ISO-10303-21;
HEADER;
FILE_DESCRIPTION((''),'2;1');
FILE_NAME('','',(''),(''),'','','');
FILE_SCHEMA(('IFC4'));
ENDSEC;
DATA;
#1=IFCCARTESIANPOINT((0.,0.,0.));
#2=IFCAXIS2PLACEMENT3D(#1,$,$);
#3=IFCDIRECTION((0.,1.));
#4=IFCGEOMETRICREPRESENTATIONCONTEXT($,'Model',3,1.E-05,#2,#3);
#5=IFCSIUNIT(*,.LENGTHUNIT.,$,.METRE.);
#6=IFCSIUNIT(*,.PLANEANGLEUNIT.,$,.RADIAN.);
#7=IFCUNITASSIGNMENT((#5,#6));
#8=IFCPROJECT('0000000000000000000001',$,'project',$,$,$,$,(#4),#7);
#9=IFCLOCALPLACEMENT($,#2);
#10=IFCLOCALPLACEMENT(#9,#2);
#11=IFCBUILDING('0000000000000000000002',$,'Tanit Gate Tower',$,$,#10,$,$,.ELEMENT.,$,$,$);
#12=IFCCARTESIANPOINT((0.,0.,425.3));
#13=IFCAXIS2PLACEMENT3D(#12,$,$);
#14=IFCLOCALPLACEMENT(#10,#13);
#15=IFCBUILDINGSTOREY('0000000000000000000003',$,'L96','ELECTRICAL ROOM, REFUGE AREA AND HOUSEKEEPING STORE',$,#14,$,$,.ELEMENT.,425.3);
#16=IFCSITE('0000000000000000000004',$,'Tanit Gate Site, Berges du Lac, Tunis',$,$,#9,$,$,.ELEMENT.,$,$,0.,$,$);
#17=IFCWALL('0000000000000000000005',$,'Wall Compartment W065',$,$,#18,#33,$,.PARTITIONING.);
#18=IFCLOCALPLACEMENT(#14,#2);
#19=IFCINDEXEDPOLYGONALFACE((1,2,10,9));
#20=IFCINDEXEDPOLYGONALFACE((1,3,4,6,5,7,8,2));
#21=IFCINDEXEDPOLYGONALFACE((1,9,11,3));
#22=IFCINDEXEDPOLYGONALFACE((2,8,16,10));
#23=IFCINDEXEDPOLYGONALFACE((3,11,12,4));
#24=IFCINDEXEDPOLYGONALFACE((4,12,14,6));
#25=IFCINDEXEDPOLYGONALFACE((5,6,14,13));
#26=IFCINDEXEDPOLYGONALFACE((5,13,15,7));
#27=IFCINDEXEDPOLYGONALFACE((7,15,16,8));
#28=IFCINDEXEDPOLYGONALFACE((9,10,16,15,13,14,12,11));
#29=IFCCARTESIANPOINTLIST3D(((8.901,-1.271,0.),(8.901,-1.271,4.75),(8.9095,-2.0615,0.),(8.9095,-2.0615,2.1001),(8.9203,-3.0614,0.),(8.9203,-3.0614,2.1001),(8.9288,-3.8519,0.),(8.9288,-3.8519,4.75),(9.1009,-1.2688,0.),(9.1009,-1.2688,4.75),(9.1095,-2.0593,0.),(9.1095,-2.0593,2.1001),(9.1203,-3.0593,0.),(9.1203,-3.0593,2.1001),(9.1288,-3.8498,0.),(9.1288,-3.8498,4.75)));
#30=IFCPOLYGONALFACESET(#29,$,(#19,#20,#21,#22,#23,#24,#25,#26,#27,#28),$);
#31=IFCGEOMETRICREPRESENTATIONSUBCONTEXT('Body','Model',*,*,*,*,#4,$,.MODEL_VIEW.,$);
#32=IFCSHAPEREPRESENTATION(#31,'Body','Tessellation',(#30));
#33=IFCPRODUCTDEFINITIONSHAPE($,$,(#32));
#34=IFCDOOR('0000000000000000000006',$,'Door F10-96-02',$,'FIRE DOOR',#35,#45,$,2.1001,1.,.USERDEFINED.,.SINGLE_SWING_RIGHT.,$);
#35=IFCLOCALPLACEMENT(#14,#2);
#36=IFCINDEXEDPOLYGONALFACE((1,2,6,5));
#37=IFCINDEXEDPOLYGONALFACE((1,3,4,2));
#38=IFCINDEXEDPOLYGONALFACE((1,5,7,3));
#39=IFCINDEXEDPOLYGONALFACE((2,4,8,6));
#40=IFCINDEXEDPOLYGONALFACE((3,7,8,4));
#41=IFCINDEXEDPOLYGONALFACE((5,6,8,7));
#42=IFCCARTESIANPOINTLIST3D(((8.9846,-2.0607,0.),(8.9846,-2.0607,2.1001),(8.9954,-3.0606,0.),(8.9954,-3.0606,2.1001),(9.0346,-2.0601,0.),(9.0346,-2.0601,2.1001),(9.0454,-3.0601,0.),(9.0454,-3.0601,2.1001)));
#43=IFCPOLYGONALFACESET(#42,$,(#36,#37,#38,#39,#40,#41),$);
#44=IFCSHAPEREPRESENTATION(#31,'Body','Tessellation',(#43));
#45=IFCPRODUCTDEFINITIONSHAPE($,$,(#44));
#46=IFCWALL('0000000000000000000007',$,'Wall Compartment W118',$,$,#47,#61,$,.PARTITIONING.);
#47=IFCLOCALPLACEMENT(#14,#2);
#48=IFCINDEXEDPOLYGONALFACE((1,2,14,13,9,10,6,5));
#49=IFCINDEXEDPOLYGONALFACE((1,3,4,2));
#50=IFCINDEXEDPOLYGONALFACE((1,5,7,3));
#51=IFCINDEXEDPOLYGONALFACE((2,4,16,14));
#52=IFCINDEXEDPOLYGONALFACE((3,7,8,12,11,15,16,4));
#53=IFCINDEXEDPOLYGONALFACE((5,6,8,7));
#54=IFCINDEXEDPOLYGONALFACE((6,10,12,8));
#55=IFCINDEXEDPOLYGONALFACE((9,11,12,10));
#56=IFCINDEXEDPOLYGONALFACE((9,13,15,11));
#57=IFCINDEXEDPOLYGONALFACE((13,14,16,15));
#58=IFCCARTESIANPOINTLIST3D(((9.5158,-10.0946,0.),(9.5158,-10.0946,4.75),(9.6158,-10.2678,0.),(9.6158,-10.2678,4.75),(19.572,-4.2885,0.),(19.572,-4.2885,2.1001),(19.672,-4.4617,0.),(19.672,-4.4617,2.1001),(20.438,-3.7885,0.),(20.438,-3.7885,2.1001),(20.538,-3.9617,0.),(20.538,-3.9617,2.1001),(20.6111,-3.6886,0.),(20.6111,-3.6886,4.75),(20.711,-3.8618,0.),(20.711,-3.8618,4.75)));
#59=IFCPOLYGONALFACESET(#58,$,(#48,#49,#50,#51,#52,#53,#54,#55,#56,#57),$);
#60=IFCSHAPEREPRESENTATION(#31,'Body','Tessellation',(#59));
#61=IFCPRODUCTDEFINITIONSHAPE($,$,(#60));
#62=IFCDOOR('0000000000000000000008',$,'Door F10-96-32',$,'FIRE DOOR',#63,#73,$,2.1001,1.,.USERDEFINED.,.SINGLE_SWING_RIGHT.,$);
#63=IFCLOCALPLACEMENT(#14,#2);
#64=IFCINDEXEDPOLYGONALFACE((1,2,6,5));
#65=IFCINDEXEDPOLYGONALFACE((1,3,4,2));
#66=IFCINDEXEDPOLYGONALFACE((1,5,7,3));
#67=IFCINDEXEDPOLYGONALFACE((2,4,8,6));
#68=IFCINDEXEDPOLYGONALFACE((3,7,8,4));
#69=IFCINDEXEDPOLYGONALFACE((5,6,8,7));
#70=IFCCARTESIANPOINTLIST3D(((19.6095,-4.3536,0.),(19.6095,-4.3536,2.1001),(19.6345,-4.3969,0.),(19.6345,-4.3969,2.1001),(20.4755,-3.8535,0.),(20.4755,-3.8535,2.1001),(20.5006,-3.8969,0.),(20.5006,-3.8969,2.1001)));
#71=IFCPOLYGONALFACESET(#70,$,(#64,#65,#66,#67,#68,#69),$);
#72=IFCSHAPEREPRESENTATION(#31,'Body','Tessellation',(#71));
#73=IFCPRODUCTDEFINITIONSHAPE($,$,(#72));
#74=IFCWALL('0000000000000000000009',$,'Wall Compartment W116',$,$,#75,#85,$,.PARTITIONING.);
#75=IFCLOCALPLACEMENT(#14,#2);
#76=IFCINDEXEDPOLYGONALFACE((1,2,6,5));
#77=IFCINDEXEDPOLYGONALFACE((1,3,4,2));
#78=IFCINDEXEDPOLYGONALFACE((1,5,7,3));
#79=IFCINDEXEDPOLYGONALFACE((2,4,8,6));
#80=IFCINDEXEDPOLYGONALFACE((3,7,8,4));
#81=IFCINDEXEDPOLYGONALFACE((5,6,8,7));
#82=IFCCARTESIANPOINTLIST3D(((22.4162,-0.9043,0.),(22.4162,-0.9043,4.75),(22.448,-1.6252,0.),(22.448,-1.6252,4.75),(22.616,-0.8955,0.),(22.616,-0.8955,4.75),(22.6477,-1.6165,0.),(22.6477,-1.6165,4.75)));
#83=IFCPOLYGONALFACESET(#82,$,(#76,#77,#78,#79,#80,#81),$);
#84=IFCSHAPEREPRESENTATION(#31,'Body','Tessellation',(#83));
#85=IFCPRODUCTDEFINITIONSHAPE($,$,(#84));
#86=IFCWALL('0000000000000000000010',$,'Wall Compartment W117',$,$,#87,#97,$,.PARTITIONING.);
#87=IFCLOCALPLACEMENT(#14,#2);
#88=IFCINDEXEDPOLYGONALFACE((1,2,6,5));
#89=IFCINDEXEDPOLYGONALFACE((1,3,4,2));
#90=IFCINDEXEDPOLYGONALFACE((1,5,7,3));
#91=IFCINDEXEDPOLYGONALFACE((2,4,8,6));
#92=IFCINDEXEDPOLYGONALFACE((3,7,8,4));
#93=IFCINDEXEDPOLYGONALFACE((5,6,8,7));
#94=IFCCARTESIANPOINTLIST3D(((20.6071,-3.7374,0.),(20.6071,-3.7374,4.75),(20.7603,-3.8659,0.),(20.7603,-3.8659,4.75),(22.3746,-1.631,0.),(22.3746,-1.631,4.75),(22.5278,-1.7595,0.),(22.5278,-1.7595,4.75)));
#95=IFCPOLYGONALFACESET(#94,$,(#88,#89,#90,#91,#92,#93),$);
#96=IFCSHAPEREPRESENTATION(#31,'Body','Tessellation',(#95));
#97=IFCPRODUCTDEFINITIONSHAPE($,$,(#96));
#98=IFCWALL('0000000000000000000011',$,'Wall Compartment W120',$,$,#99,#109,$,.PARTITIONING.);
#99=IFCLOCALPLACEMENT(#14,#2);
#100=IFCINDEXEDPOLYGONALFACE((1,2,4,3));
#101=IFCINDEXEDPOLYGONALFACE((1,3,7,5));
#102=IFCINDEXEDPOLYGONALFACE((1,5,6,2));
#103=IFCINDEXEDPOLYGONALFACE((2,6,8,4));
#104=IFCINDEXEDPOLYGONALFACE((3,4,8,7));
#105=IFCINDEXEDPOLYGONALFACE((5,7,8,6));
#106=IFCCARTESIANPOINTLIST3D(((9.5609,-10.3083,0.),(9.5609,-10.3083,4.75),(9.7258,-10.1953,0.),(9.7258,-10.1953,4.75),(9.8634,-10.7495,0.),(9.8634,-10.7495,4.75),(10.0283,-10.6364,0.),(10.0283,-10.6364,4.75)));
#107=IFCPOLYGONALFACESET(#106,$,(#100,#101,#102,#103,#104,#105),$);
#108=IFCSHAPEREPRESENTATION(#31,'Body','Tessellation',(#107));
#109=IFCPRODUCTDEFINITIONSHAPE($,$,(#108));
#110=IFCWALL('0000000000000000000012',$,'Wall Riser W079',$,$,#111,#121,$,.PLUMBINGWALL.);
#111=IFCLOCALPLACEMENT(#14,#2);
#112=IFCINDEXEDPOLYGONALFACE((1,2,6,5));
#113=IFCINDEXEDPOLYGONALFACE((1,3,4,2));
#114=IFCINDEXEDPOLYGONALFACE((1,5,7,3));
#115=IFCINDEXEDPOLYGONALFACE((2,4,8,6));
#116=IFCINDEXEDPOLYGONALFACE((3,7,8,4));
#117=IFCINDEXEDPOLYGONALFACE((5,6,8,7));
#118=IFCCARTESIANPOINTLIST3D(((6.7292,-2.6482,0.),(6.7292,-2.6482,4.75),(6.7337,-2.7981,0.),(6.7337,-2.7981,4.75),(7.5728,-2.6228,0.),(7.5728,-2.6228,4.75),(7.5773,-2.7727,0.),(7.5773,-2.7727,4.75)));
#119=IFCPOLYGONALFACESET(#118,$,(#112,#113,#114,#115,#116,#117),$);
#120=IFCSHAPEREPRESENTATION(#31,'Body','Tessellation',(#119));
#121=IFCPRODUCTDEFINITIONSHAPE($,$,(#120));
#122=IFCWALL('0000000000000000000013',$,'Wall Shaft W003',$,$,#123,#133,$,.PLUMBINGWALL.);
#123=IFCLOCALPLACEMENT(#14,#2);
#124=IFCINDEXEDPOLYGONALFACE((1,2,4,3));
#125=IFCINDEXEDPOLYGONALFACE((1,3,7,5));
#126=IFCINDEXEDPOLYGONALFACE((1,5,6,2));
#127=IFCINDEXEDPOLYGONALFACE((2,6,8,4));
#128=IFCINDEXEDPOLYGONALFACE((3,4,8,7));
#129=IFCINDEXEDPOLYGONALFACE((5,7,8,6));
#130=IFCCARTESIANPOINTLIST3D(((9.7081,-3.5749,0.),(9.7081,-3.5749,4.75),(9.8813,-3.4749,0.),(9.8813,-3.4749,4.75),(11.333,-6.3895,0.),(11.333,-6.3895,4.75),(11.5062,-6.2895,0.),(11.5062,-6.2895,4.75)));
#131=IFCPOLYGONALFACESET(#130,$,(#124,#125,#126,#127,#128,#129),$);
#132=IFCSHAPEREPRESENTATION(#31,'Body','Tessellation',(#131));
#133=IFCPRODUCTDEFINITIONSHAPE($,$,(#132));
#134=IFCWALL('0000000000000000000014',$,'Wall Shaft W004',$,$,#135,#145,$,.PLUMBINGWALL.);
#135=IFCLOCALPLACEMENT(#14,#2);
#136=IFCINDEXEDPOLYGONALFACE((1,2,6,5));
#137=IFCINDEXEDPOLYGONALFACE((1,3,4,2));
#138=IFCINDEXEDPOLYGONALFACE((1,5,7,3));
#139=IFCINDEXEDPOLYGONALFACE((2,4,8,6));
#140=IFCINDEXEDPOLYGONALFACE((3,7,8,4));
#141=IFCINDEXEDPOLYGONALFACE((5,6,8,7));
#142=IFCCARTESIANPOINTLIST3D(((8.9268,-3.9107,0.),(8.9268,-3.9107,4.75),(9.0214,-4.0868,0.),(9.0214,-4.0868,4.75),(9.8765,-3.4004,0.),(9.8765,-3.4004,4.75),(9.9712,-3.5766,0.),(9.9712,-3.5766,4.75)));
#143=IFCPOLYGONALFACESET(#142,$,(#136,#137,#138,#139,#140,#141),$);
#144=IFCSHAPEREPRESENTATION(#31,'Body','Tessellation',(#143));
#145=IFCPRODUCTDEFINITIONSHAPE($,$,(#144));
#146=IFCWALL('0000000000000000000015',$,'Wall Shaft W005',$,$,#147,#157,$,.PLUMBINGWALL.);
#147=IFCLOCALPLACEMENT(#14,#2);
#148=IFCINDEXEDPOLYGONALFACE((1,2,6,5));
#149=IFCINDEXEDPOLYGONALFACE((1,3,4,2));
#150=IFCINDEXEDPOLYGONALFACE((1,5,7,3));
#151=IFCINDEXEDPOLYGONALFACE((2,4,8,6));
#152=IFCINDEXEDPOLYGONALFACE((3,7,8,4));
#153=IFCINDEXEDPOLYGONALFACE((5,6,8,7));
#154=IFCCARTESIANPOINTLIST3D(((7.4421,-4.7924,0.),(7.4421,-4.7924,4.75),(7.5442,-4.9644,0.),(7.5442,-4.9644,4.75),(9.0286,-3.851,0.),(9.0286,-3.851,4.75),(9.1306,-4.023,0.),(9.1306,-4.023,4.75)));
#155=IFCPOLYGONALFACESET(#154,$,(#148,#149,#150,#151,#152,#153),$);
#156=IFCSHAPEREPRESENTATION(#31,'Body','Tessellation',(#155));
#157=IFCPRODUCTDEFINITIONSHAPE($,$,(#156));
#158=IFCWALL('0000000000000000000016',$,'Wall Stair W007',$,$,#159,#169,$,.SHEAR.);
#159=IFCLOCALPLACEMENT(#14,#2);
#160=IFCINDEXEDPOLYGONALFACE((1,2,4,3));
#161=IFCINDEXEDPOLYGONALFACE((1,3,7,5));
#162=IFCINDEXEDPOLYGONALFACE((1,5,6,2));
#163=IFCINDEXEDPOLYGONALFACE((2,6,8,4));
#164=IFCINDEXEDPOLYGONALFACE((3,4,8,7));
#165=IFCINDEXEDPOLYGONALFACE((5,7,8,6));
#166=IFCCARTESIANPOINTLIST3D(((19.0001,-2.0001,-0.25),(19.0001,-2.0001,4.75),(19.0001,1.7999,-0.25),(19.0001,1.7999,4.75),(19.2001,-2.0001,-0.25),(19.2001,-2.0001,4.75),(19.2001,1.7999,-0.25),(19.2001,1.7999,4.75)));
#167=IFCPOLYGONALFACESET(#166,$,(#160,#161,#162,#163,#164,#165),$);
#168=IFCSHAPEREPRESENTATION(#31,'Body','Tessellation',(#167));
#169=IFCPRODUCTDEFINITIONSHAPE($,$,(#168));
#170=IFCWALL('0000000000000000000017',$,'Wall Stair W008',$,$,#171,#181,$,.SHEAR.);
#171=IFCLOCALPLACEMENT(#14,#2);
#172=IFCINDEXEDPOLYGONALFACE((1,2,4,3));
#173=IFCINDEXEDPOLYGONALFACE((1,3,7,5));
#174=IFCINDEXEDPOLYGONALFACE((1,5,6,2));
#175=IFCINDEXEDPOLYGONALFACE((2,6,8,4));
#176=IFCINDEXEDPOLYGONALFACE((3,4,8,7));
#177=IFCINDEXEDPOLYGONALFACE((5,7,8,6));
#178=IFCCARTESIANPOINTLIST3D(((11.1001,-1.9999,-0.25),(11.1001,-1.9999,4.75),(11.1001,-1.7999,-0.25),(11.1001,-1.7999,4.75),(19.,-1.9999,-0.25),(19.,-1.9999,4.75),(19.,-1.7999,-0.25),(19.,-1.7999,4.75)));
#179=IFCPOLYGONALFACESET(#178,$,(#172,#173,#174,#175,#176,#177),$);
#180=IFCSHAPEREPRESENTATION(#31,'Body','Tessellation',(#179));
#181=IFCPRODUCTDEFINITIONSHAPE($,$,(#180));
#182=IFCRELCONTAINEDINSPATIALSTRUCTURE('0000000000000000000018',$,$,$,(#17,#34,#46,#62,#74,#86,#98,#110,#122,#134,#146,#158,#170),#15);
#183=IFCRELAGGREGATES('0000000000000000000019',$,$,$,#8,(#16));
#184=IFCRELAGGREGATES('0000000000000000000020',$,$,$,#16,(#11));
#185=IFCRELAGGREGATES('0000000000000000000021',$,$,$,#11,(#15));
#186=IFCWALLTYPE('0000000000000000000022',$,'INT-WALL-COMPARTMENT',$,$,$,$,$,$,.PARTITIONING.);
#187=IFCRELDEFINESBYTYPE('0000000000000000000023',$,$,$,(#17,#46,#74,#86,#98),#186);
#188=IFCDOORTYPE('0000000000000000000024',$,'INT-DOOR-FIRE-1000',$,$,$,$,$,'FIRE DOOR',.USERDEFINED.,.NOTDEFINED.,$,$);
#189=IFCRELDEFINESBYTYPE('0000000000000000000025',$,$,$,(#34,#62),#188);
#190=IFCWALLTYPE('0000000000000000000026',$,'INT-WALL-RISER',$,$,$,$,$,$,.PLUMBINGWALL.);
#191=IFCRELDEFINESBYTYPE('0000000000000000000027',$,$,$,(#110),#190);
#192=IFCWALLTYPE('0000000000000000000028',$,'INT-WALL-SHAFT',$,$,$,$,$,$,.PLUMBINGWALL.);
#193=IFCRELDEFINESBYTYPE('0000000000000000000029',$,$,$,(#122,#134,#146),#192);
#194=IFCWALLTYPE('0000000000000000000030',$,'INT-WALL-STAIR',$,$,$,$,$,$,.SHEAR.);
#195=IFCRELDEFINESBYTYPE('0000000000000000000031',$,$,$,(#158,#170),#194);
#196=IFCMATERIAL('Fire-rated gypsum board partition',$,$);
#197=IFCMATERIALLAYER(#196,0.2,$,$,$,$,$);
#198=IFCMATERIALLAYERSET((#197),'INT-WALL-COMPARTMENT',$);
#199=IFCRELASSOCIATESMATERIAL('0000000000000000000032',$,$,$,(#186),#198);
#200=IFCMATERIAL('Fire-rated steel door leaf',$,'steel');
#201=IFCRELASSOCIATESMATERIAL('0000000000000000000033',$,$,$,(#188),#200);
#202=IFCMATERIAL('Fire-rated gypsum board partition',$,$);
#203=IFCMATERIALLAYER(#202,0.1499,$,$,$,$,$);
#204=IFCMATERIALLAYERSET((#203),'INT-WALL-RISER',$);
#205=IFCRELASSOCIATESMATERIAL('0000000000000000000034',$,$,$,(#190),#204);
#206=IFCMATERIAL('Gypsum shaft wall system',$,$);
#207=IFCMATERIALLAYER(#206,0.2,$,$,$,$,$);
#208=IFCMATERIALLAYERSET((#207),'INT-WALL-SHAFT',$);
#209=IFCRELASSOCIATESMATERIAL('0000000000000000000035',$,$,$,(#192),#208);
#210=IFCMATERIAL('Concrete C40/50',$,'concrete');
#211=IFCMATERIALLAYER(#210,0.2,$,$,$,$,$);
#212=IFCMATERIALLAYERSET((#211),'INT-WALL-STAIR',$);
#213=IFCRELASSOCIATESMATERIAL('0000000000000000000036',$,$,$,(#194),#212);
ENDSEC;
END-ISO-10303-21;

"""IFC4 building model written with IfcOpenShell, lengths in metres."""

from ifc_helpers import new_model, si_unit, direction, frame, frame_2d, origin, place, context, subcontext, project, spatial, rectangle, extrude, material, layer, layer_set, type_object, element, fill, save


model = new_model("IFC4")

# Units and contexts
model_context = context("Model", 3, precision=1e-05, world=origin(), true_north=direction((0.0, 1.0)))
body_context = subcontext(model_context, "Body", "Model", "MODEL_VIEW")
ifc_project = project(units=[si_unit("LENGTHUNIT", "METRE"), si_unit("PLANEANGLEUNIT", "RADIAN")], contexts=[model_context])

# Site, building, storey
site_placement = place(None, origin())
site = spatial("IfcSite", under=ifc_project, at=site_placement, Name="Tanit Gate Site, Berges du Lac, Tunis", CompositionType="ELEMENT", RefElevation=0.0)
building_placement = place(site_placement, origin())
building = spatial("IfcBuilding", under=site, at=building_placement, Name="Tanit Gate Tower", CompositionType="ELEMENT")
storey_placement = place(building_placement, frame((0.0, 0.0, 425.3)))
storey = spatial("IfcBuildingStorey", under=building, at=storey_placement, Name="L96", Description="ELECTRICAL ROOM, REFUGE AREA AND HOUSEKEEPING STORE", CompositionType="ELEMENT", Elevation=425.3)

# Shared definitions
ifc_material_1 = material(Name="Fire-rated gypsum board partition")
ifc_layer_1 = layer(ifc_material_1, 0.2)
ifc_layer_set_1 = layer_set([ifc_layer_1], Name="INT-WALL-COMPARTMENT")
wall_type_1 = type_object("IfcWallType", Name="INT-WALL-COMPARTMENT", PredefinedType="PARTITIONING", material=ifc_layer_set_1)

# Walls, openings, doors
wall_1_placement = place(storey_placement, frame((9.0288, -3.8508, 0.0), z_axis=(0.0, 0.0, 1.0), x_axis=(-0.010784, 0.999942, 0.0)))
wall_1 = element("IfcWall", 1, at=wall_1_placement, inside=storey, type_object=wall_type_1, Name="Wall Compartment W065", PredefinedType="PARTITIONING", context=body_context, shape_type="SweptSolid", body=[
    extrude(rectangle(XDim=2.5811, YDim=0.2, at=frame_2d((1.2905, 0.0))), origin(), (0.0, 0.0, 1.0), 4.75),
])
opening_1_placement = place(wall_1_placement, frame((0.7905, 0.0, 0.0)))
opening_1 = element("IfcOpeningElement", 2, at=opening_1_placement, cuts=wall_1, PredefinedType="OPENING", context=body_context, shape_type="SweptSolid", body=[
    extrude(rectangle(XDim=1.0, YDim=2.1001, at=frame_2d((0.5, 1.05))), frame((0.0, 0.1099, 0.0), z_axis=(0.0, -1.0, 0.0), x_axis=(1.0, 0.0, 0.0)), (0.0, 0.0, 1.0), 0.22),
])
ifc_material_2 = material(Name="Fire-rated steel door leaf", Category="steel")
door_type_1 = type_object("IfcDoorType", Name="INT-DOOR-FIRE-1000", ElementType="FIRE DOOR", OperationType="NOTDEFINED", PredefinedType="USERDEFINED", material=ifc_material_2)
door_1_placement = place(opening_1_placement, origin())
door_1 = element("IfcDoor", 3, at=door_1_placement, inside=storey, type_object=door_type_1, Name="Door F10-96-02", ObjectType="FIRE DOOR", OperationType="SINGLE_SWING_RIGHT", OverallHeight=2.1001, OverallWidth=1.0, PredefinedType="USERDEFINED", context=body_context, shape_type="SweptSolid", body=[
    extrude(rectangle(XDim=1.0, YDim=2.1001, at=frame_2d((0.5, 1.05))), frame((0.0, 0.0249, 0.0), z_axis=(0.0, -1.0, 0.0), x_axis=(1.0, 0.0, 0.0)), (0.0, 0.0, 1.0), 0.05),
])
fill(opening_1, door_1)
wall_2_placement = place(storey_placement, frame((9.5659, -10.1812, 0.0), z_axis=(0.0, 0.0, 1.0), x_axis=(0.866019, 0.500011, 0.0)))
wall_2 = element("IfcWall", 4, at=wall_2_placement, inside=storey, type_object=wall_type_1, Name="Wall Compartment W118", PredefinedType="PARTITIONING", context=body_context, shape_type="SweptSolid", body=[
    extrude(rectangle(XDim=12.8118, YDim=0.2, at=frame_2d((6.4058, 0.0))), origin(), (0.0, 0.0, 1.0), 4.75),
])
opening_2_placement = place(wall_2_placement, frame((11.6118, 0.0, 0.0)))
opening_2 = element("IfcOpeningElement", 5, at=opening_2_placement, cuts=wall_2, PredefinedType="OPENING", context=body_context, shape_type="SweptSolid", body=[
    extrude(rectangle(XDim=1.0, YDim=2.1001, at=frame_2d((0.5, 1.05))), frame((0.0, 0.1099, 0.0), z_axis=(0.0, -1.0, 0.0), x_axis=(1.0, 0.0, 0.0)), (0.0, 0.0, 1.0), 0.22),
])
door_2_placement = place(opening_2_placement, origin())
door_2 = element("IfcDoor", 6, at=door_2_placement, inside=storey, type_object=door_type_1, Name="Door F10-96-32", ObjectType="FIRE DOOR", OperationType="SINGLE_SWING_RIGHT", OverallHeight=2.1001, OverallWidth=1.0, PredefinedType="USERDEFINED", context=body_context, shape_type="SweptSolid", body=[
    extrude(rectangle(XDim=1.0, YDim=2.1001, at=frame_2d((0.5, 1.05))), frame((0.0, 0.0249, 0.0), z_axis=(0.0, -1.0, 0.0), x_axis=(1.0, 0.0, 0.0)), (0.0, 0.0, 1.0), 0.05),
])
fill(opening_2, door_2)

# Walls
wall_3_placement = place(storey_placement, frame((22.5479, -1.6208, 0.0), z_axis=(0.0, 0.0, 1.0), x_axis=(-0.04398, 0.999032, 0.0)))
element("IfcWall", 7, at=wall_3_placement, inside=storey, type_object=wall_type_1, Name="Wall Compartment W116", PredefinedType="PARTITIONING", context=body_context, shape_type="SweptSolid", body=[
    extrude(rectangle(XDim=0.7217, YDim=0.2, at=frame_2d((0.3608, 0.0))), origin(), (0.0, 0.0, 1.0), 4.75),
])
wall_4_placement = place(storey_placement, frame((20.6836, -3.8018, 0.0), z_axis=(0.0, 0.0, 1.0), x_axis=(0.642801, 0.766034, 0.0)))
element("IfcWall", 8, at=wall_4_placement, inside=storey, type_object=wall_type_1, Name="Wall Compartment W117", PredefinedType="PARTITIONING", context=body_context, shape_type="SweptSolid", body=[
    extrude(rectangle(XDim=2.7498, YDim=0.2, at=frame_2d((1.375, 0.0))), origin(), (0.0, 0.0, 1.0), 4.75),
])
wall_5_placement = place(storey_placement, frame((9.6433, -10.2517, 0.0), z_axis=(0.0, 0.0, 1.0), x_axis=(0.565502, -0.824747, 0.0)))
element("IfcWall", 9, at=wall_5_placement, inside=storey, type_object=wall_type_1, Name="Wall Compartment W120", PredefinedType="PARTITIONING", context=body_context, shape_type="SweptSolid", body=[
    extrude(rectangle(XDim=0.5349, YDim=0.2, at=frame_2d((0.2676, 0.0))), origin(), (0.0, 0.0, 1.0), 4.75),
])
ifc_material_3 = material(Name="Fire-rated gypsum board partition")
ifc_layer_2 = layer(ifc_material_3, 0.1499)
ifc_layer_set_2 = layer_set([ifc_layer_2], Name="INT-WALL-RISER")
wall_type_2 = type_object("IfcWallType", Name="INT-WALL-RISER", PredefinedType="PLUMBINGWALL", material=ifc_layer_set_2)
wall_6_placement = place(storey_placement, frame((7.575, -2.6978, 0.0), z_axis=(0.0, 0.0, 1.0), x_axis=(-0.999547, -0.030088, 0.0)))
element("IfcWall", 10, at=wall_6_placement, inside=storey, type_object=wall_type_2, Name="Wall Riser W079", PredefinedType="PLUMBINGWALL", context=body_context, shape_type="SweptSolid", body=[
    extrude(rectangle(XDim=0.844, YDim=0.1499, at=frame_2d((0.4219, 0.0))), origin(), (0.0, 0.0, 1.0), 4.75),
])
ifc_material_4 = material(Name="Gypsum shaft wall system")
ifc_layer_3 = layer(ifc_material_4, 0.2)
ifc_layer_set_3 = layer_set([ifc_layer_3], Name="INT-WALL-SHAFT")
wall_type_3 = type_object("IfcWallType", Name="INT-WALL-SHAFT", PredefinedType="PLUMBINGWALL", material=ifc_layer_set_3)
wall_7_placement = place(storey_placement, frame((9.7947, -3.5249, 0.0), z_axis=(0.0, 0.0, 1.0), x_axis=(0.499985, -0.866034, 0.0)))
element("IfcWall", 11, at=wall_7_placement, inside=storey, type_object=wall_type_3, Name="Wall Shaft W003", PredefinedType="PLUMBINGWALL", context=body_context, shape_type="SweptSolid", body=[
    extrude(rectangle(XDim=3.25, YDim=0.2, at=frame_2d((1.625, 0.0))), origin(), (0.0, 0.0, 1.0), 4.75),
])
wall_8_placement = place(storey_placement, frame((8.9741, -3.9988, 0.0), z_axis=(0.0, 0.0, 1.0), x_axis=(0.880907, 0.473289, 0.0)))
element("IfcWall", 12, at=wall_8_placement, inside=storey, type_object=wall_type_3, Name="Wall Shaft W004", PredefinedType="PLUMBINGWALL", context=body_context, shape_type="SweptSolid", body=[
    extrude(rectangle(XDim=1.0781, YDim=0.2, at=frame_2d((0.5391, 0.0))), origin(), (0.0, 0.0, 1.0), 4.75),
])
wall_9_placement = place(storey_placement, frame((7.4932, -4.8784, 0.0), z_axis=(0.0, 0.0, 1.0), x_axis=(0.859982, 0.510325, 0.0)))
element("IfcWall", 13, at=wall_9_placement, inside=storey, type_object=wall_type_3, Name="Wall Shaft W005", PredefinedType="PLUMBINGWALL", context=body_context, shape_type="SweptSolid", body=[
    extrude(rectangle(XDim=1.8447, YDim=0.2, at=frame_2d((0.9224, 0.0))), origin(), (0.0, 0.0, 1.0), 4.75),
])
ifc_material_5 = material(Name="Concrete C40/50", Category="concrete")
ifc_layer_4 = layer(ifc_material_5, 0.2)
ifc_layer_set_4 = layer_set([ifc_layer_4], Name="INT-WALL-STAIR")
wall_type_4 = type_object("IfcWallType", Name="INT-WALL-STAIR", PredefinedType="SHEAR", material=ifc_layer_set_4)
wall_10_placement = place(storey_placement, frame((19.1001, -2.0, -0.25), z_axis=(0.0, 0.0, 1.0), x_axis=(0.0, 1.0, 0.0)))
element("IfcWall", 14, at=wall_10_placement, inside=storey, type_object=wall_type_4, Name="Wall Stair W007", PredefinedType="SHEAR", context=body_context, shape_type="SweptSolid", body=[
    extrude(rectangle(XDim=3.8, YDim=0.2, at=frame_2d((1.8999, 0.0))), origin(), (0.0, 0.0, 1.0), 5.0),
])
wall_11_placement = place(storey_placement, frame((11.1001, -1.8999, -0.25), z_axis=(0.0, 0.0, 1.0), x_axis=(1.0, 0.0, 0.0)))
element("IfcWall", 15, at=wall_11_placement, inside=storey, type_object=wall_type_4, Name="Wall Stair W008", PredefinedType="SHEAR", context=body_context, shape_type="SweptSolid", body=[
    extrude(rectangle(XDim=7.8999, YDim=0.2, at=frame_2d((3.95, 0.0))), origin(), (0.0, 0.0, 1.0), 5.0),
])

save(model, "model.ifc")
